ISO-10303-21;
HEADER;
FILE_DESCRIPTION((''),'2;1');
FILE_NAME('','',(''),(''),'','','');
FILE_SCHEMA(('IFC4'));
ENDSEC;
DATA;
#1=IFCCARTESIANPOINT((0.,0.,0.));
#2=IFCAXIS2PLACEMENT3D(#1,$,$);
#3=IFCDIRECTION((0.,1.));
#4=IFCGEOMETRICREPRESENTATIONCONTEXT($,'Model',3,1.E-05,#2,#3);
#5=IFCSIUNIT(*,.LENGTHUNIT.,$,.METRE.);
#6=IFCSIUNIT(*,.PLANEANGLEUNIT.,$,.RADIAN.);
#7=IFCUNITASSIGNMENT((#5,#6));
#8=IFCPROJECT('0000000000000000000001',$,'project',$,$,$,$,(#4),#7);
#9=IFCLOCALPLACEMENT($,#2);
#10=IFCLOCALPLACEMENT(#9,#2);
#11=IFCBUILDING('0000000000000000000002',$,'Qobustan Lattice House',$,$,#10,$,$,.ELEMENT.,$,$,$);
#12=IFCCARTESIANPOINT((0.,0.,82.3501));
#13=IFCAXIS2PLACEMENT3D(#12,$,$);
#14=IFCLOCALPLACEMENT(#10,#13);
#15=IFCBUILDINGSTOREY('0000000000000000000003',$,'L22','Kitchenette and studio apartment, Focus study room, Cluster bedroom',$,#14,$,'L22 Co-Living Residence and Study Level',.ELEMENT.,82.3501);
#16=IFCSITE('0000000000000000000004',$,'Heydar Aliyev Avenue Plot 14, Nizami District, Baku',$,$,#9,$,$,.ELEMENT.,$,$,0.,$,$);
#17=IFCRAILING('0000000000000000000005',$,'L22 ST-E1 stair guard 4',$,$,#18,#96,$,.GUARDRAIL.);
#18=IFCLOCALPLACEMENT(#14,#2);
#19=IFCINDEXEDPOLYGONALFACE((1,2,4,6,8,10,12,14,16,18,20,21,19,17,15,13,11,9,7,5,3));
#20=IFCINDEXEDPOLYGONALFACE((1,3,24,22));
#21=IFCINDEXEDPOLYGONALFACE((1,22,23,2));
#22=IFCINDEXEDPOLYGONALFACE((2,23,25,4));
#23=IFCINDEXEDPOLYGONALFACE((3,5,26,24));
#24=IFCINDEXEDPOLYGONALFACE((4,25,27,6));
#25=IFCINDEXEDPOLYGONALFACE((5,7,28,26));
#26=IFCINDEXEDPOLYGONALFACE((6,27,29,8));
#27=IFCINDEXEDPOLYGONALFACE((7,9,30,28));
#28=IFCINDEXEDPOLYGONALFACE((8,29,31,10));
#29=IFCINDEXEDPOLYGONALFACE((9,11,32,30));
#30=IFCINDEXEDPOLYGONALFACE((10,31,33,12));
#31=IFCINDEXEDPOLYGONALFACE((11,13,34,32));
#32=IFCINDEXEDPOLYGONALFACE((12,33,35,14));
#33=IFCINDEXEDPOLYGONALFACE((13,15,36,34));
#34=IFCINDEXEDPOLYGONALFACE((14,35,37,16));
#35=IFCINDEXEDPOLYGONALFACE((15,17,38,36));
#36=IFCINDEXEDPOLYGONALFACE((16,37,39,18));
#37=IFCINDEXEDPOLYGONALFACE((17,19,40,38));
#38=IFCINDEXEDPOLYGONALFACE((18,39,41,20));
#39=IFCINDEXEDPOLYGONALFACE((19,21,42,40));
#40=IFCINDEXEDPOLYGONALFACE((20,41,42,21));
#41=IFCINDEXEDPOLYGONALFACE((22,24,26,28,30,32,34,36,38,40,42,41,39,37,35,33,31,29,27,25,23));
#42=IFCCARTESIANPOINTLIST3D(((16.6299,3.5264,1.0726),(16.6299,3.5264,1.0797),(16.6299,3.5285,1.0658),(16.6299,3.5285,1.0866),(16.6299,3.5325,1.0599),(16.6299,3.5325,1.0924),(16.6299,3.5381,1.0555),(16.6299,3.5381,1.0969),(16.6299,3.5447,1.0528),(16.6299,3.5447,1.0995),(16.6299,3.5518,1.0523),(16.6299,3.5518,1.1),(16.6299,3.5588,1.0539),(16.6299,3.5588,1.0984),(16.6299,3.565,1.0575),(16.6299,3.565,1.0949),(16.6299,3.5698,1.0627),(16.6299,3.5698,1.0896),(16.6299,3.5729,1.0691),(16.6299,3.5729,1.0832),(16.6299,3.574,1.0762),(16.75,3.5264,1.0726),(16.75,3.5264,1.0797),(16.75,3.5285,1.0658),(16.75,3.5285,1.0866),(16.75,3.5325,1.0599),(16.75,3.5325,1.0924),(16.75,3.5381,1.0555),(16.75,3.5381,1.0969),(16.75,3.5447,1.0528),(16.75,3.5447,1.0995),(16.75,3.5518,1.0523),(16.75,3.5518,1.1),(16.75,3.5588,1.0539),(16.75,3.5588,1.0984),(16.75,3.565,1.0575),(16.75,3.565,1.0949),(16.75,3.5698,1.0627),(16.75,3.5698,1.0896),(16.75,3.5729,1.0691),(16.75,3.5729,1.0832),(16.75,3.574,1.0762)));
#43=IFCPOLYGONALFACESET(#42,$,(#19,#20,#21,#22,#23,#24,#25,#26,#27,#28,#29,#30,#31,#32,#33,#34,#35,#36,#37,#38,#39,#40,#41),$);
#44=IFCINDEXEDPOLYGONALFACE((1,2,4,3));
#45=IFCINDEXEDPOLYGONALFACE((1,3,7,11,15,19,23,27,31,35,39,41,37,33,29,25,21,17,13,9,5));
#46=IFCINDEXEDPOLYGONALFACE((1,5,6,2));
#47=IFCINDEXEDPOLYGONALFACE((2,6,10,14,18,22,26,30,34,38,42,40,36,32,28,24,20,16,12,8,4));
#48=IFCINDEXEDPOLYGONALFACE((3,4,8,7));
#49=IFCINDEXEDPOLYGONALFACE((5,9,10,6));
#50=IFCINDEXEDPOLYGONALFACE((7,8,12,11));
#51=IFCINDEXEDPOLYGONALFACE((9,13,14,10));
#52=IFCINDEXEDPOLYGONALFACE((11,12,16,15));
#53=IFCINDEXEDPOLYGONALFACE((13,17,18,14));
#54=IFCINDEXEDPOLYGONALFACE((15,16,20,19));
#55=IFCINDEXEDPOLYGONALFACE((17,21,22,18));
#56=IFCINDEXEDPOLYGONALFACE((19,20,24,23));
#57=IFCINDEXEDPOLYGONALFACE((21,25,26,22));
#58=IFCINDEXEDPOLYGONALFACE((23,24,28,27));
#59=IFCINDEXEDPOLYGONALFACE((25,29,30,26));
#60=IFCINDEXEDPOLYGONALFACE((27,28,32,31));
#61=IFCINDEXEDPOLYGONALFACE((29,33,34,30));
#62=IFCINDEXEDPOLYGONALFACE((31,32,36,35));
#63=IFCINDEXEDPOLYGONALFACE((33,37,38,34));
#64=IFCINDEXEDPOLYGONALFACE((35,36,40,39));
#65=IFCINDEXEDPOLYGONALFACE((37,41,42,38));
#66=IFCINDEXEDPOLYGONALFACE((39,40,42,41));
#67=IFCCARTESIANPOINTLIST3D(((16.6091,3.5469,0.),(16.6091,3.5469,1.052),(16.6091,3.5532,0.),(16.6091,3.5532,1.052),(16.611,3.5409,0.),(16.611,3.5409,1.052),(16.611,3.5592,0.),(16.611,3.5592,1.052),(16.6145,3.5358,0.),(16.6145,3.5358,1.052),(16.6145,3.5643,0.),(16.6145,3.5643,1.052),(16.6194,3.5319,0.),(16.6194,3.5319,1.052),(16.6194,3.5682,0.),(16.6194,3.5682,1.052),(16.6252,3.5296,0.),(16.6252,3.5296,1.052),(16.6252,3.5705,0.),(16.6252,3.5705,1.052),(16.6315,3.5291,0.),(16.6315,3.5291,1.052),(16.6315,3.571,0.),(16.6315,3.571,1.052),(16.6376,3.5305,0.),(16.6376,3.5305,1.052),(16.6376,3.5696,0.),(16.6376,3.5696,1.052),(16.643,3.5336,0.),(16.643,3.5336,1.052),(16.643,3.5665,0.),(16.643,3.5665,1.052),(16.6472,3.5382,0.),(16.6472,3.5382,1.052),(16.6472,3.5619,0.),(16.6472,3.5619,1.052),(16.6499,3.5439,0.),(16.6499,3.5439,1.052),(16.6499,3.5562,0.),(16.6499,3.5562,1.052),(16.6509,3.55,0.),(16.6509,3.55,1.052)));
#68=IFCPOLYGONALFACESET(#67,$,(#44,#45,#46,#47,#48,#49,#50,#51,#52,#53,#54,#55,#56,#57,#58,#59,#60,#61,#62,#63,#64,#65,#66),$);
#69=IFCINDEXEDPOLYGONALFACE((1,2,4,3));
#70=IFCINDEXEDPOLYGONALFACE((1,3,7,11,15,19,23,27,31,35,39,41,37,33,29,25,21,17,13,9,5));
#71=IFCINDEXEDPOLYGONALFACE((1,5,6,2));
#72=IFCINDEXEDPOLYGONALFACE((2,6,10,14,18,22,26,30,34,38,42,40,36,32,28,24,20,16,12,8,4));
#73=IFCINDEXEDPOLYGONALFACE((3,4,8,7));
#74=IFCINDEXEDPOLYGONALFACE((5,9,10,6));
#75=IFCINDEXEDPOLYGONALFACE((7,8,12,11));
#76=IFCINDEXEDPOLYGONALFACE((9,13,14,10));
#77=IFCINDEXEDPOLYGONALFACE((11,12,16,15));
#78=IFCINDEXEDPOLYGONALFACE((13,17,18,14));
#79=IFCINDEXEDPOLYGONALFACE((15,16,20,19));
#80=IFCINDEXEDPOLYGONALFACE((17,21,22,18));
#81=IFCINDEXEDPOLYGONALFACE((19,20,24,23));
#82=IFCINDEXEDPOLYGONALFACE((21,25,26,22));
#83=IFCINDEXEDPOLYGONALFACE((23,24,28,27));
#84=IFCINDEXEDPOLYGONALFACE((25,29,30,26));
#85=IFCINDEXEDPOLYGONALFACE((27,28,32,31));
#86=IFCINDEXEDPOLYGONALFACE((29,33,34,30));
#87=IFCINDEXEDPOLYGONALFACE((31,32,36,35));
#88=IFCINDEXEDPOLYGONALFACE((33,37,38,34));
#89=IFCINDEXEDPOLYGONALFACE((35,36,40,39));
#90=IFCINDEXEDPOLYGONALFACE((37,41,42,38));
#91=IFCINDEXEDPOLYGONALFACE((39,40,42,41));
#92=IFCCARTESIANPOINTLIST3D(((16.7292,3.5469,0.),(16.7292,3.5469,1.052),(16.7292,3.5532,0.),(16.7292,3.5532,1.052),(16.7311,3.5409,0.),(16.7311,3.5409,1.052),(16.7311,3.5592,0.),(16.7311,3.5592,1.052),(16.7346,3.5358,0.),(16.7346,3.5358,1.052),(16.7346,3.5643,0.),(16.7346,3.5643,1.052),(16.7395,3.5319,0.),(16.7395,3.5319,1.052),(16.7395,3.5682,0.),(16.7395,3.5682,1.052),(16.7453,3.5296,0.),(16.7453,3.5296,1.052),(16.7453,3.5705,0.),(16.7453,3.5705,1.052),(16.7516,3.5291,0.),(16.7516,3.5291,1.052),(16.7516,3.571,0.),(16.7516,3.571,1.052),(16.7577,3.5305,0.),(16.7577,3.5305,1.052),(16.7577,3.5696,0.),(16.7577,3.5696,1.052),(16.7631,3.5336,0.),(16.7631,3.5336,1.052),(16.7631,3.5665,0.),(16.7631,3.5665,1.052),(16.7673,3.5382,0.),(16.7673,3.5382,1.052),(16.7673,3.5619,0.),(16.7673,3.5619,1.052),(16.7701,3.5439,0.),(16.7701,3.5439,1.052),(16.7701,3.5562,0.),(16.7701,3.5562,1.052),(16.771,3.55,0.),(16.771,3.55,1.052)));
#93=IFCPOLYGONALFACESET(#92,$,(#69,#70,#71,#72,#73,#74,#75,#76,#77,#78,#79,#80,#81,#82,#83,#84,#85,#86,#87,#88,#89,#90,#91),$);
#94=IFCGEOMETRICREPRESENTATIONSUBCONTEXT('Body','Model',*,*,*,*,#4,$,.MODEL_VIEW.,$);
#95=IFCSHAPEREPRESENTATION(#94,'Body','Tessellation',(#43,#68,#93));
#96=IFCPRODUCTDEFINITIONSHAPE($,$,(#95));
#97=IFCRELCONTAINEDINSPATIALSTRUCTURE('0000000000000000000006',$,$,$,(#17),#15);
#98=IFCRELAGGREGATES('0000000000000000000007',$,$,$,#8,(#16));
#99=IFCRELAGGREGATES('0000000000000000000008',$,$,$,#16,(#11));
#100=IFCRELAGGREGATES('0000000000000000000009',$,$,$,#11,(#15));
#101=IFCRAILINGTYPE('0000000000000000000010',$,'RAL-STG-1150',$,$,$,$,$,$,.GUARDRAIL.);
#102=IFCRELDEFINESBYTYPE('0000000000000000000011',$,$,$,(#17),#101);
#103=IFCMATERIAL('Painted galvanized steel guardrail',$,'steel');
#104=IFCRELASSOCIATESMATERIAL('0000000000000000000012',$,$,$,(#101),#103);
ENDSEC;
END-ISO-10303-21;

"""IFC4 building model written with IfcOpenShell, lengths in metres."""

from ifc_helpers import new_model, si_unit, direction, frame, origin, origin_2d, place, context, subcontext, project, spatial, circle, extrude, material, type_object, element, save


model = new_model("IFC4")

# Units and contexts
model_context = context("Model", 3, precision=1e-05, world=origin(), true_north=direction((0.0, 1.0)))
body_context = subcontext(model_context, "Body", "Model", "MODEL_VIEW")
ifc_project = project(units=[si_unit("LENGTHUNIT", "METRE"), si_unit("PLANEANGLEUNIT", "RADIAN")], contexts=[model_context])

# Site, building, storey
site_placement = place(None, origin())
site = spatial("IfcSite", under=ifc_project, at=site_placement, Name="Heydar Aliyev Avenue Plot 14, Nizami District, Baku", CompositionType="ELEMENT", RefElevation=0.0)
building_placement = place(site_placement, origin())
building = spatial("IfcBuilding", under=site, at=building_placement, Name="Qobustan Lattice House", CompositionType="ELEMENT")
storey_placement = place(building_placement, frame((0.0, 0.0, 82.3501)))
storey = spatial("IfcBuildingStorey", under=building, at=storey_placement, Name="L22", Description="Kitchenette and studio apartment, Focus study room, Cluster bedroom", LongName="L22 Co-Living Residence and Study Level", CompositionType="ELEMENT", Elevation=82.3501)

# Railing
ifc_material_1 = material(Name="Painted galvanized steel guardrail", Category="steel")
railing_type_1 = type_object("IfcRailingType", Name="RAL-STG-1150", PredefinedType="GUARDRAIL", material=ifc_material_1)
railing_1_placement = place(storey_placement, frame((16.6299, 3.55, 0.0)))
element("IfcRailing", 1, at=railing_1_placement, inside=storey, type_object=railing_type_1, Name="L22 ST-E1 stair guard 4", PredefinedType="GUARDRAIL", context=body_context, shape_type="SweptSolid", body=[
    extrude(circle(Radius=0.0239, at=origin_2d()), frame((0.0, 0.0, 1.0762), z_axis=(1.0, 0.0, 0.0), x_axis=(0.0, 1.0, 0.0)), (0.0, 0.0, 1.0), 0.1201),
    extrude(circle(Radius=0.021, at=origin_2d()), origin(), (0.0, 0.0, 1.0), 1.052),
    extrude(circle(Radius=0.021, at=origin_2d()), frame((0.1201, 0.0, 0.0)), (0.0, 0.0, 1.0), 1.052),
])

save(model, "model.ifc")
